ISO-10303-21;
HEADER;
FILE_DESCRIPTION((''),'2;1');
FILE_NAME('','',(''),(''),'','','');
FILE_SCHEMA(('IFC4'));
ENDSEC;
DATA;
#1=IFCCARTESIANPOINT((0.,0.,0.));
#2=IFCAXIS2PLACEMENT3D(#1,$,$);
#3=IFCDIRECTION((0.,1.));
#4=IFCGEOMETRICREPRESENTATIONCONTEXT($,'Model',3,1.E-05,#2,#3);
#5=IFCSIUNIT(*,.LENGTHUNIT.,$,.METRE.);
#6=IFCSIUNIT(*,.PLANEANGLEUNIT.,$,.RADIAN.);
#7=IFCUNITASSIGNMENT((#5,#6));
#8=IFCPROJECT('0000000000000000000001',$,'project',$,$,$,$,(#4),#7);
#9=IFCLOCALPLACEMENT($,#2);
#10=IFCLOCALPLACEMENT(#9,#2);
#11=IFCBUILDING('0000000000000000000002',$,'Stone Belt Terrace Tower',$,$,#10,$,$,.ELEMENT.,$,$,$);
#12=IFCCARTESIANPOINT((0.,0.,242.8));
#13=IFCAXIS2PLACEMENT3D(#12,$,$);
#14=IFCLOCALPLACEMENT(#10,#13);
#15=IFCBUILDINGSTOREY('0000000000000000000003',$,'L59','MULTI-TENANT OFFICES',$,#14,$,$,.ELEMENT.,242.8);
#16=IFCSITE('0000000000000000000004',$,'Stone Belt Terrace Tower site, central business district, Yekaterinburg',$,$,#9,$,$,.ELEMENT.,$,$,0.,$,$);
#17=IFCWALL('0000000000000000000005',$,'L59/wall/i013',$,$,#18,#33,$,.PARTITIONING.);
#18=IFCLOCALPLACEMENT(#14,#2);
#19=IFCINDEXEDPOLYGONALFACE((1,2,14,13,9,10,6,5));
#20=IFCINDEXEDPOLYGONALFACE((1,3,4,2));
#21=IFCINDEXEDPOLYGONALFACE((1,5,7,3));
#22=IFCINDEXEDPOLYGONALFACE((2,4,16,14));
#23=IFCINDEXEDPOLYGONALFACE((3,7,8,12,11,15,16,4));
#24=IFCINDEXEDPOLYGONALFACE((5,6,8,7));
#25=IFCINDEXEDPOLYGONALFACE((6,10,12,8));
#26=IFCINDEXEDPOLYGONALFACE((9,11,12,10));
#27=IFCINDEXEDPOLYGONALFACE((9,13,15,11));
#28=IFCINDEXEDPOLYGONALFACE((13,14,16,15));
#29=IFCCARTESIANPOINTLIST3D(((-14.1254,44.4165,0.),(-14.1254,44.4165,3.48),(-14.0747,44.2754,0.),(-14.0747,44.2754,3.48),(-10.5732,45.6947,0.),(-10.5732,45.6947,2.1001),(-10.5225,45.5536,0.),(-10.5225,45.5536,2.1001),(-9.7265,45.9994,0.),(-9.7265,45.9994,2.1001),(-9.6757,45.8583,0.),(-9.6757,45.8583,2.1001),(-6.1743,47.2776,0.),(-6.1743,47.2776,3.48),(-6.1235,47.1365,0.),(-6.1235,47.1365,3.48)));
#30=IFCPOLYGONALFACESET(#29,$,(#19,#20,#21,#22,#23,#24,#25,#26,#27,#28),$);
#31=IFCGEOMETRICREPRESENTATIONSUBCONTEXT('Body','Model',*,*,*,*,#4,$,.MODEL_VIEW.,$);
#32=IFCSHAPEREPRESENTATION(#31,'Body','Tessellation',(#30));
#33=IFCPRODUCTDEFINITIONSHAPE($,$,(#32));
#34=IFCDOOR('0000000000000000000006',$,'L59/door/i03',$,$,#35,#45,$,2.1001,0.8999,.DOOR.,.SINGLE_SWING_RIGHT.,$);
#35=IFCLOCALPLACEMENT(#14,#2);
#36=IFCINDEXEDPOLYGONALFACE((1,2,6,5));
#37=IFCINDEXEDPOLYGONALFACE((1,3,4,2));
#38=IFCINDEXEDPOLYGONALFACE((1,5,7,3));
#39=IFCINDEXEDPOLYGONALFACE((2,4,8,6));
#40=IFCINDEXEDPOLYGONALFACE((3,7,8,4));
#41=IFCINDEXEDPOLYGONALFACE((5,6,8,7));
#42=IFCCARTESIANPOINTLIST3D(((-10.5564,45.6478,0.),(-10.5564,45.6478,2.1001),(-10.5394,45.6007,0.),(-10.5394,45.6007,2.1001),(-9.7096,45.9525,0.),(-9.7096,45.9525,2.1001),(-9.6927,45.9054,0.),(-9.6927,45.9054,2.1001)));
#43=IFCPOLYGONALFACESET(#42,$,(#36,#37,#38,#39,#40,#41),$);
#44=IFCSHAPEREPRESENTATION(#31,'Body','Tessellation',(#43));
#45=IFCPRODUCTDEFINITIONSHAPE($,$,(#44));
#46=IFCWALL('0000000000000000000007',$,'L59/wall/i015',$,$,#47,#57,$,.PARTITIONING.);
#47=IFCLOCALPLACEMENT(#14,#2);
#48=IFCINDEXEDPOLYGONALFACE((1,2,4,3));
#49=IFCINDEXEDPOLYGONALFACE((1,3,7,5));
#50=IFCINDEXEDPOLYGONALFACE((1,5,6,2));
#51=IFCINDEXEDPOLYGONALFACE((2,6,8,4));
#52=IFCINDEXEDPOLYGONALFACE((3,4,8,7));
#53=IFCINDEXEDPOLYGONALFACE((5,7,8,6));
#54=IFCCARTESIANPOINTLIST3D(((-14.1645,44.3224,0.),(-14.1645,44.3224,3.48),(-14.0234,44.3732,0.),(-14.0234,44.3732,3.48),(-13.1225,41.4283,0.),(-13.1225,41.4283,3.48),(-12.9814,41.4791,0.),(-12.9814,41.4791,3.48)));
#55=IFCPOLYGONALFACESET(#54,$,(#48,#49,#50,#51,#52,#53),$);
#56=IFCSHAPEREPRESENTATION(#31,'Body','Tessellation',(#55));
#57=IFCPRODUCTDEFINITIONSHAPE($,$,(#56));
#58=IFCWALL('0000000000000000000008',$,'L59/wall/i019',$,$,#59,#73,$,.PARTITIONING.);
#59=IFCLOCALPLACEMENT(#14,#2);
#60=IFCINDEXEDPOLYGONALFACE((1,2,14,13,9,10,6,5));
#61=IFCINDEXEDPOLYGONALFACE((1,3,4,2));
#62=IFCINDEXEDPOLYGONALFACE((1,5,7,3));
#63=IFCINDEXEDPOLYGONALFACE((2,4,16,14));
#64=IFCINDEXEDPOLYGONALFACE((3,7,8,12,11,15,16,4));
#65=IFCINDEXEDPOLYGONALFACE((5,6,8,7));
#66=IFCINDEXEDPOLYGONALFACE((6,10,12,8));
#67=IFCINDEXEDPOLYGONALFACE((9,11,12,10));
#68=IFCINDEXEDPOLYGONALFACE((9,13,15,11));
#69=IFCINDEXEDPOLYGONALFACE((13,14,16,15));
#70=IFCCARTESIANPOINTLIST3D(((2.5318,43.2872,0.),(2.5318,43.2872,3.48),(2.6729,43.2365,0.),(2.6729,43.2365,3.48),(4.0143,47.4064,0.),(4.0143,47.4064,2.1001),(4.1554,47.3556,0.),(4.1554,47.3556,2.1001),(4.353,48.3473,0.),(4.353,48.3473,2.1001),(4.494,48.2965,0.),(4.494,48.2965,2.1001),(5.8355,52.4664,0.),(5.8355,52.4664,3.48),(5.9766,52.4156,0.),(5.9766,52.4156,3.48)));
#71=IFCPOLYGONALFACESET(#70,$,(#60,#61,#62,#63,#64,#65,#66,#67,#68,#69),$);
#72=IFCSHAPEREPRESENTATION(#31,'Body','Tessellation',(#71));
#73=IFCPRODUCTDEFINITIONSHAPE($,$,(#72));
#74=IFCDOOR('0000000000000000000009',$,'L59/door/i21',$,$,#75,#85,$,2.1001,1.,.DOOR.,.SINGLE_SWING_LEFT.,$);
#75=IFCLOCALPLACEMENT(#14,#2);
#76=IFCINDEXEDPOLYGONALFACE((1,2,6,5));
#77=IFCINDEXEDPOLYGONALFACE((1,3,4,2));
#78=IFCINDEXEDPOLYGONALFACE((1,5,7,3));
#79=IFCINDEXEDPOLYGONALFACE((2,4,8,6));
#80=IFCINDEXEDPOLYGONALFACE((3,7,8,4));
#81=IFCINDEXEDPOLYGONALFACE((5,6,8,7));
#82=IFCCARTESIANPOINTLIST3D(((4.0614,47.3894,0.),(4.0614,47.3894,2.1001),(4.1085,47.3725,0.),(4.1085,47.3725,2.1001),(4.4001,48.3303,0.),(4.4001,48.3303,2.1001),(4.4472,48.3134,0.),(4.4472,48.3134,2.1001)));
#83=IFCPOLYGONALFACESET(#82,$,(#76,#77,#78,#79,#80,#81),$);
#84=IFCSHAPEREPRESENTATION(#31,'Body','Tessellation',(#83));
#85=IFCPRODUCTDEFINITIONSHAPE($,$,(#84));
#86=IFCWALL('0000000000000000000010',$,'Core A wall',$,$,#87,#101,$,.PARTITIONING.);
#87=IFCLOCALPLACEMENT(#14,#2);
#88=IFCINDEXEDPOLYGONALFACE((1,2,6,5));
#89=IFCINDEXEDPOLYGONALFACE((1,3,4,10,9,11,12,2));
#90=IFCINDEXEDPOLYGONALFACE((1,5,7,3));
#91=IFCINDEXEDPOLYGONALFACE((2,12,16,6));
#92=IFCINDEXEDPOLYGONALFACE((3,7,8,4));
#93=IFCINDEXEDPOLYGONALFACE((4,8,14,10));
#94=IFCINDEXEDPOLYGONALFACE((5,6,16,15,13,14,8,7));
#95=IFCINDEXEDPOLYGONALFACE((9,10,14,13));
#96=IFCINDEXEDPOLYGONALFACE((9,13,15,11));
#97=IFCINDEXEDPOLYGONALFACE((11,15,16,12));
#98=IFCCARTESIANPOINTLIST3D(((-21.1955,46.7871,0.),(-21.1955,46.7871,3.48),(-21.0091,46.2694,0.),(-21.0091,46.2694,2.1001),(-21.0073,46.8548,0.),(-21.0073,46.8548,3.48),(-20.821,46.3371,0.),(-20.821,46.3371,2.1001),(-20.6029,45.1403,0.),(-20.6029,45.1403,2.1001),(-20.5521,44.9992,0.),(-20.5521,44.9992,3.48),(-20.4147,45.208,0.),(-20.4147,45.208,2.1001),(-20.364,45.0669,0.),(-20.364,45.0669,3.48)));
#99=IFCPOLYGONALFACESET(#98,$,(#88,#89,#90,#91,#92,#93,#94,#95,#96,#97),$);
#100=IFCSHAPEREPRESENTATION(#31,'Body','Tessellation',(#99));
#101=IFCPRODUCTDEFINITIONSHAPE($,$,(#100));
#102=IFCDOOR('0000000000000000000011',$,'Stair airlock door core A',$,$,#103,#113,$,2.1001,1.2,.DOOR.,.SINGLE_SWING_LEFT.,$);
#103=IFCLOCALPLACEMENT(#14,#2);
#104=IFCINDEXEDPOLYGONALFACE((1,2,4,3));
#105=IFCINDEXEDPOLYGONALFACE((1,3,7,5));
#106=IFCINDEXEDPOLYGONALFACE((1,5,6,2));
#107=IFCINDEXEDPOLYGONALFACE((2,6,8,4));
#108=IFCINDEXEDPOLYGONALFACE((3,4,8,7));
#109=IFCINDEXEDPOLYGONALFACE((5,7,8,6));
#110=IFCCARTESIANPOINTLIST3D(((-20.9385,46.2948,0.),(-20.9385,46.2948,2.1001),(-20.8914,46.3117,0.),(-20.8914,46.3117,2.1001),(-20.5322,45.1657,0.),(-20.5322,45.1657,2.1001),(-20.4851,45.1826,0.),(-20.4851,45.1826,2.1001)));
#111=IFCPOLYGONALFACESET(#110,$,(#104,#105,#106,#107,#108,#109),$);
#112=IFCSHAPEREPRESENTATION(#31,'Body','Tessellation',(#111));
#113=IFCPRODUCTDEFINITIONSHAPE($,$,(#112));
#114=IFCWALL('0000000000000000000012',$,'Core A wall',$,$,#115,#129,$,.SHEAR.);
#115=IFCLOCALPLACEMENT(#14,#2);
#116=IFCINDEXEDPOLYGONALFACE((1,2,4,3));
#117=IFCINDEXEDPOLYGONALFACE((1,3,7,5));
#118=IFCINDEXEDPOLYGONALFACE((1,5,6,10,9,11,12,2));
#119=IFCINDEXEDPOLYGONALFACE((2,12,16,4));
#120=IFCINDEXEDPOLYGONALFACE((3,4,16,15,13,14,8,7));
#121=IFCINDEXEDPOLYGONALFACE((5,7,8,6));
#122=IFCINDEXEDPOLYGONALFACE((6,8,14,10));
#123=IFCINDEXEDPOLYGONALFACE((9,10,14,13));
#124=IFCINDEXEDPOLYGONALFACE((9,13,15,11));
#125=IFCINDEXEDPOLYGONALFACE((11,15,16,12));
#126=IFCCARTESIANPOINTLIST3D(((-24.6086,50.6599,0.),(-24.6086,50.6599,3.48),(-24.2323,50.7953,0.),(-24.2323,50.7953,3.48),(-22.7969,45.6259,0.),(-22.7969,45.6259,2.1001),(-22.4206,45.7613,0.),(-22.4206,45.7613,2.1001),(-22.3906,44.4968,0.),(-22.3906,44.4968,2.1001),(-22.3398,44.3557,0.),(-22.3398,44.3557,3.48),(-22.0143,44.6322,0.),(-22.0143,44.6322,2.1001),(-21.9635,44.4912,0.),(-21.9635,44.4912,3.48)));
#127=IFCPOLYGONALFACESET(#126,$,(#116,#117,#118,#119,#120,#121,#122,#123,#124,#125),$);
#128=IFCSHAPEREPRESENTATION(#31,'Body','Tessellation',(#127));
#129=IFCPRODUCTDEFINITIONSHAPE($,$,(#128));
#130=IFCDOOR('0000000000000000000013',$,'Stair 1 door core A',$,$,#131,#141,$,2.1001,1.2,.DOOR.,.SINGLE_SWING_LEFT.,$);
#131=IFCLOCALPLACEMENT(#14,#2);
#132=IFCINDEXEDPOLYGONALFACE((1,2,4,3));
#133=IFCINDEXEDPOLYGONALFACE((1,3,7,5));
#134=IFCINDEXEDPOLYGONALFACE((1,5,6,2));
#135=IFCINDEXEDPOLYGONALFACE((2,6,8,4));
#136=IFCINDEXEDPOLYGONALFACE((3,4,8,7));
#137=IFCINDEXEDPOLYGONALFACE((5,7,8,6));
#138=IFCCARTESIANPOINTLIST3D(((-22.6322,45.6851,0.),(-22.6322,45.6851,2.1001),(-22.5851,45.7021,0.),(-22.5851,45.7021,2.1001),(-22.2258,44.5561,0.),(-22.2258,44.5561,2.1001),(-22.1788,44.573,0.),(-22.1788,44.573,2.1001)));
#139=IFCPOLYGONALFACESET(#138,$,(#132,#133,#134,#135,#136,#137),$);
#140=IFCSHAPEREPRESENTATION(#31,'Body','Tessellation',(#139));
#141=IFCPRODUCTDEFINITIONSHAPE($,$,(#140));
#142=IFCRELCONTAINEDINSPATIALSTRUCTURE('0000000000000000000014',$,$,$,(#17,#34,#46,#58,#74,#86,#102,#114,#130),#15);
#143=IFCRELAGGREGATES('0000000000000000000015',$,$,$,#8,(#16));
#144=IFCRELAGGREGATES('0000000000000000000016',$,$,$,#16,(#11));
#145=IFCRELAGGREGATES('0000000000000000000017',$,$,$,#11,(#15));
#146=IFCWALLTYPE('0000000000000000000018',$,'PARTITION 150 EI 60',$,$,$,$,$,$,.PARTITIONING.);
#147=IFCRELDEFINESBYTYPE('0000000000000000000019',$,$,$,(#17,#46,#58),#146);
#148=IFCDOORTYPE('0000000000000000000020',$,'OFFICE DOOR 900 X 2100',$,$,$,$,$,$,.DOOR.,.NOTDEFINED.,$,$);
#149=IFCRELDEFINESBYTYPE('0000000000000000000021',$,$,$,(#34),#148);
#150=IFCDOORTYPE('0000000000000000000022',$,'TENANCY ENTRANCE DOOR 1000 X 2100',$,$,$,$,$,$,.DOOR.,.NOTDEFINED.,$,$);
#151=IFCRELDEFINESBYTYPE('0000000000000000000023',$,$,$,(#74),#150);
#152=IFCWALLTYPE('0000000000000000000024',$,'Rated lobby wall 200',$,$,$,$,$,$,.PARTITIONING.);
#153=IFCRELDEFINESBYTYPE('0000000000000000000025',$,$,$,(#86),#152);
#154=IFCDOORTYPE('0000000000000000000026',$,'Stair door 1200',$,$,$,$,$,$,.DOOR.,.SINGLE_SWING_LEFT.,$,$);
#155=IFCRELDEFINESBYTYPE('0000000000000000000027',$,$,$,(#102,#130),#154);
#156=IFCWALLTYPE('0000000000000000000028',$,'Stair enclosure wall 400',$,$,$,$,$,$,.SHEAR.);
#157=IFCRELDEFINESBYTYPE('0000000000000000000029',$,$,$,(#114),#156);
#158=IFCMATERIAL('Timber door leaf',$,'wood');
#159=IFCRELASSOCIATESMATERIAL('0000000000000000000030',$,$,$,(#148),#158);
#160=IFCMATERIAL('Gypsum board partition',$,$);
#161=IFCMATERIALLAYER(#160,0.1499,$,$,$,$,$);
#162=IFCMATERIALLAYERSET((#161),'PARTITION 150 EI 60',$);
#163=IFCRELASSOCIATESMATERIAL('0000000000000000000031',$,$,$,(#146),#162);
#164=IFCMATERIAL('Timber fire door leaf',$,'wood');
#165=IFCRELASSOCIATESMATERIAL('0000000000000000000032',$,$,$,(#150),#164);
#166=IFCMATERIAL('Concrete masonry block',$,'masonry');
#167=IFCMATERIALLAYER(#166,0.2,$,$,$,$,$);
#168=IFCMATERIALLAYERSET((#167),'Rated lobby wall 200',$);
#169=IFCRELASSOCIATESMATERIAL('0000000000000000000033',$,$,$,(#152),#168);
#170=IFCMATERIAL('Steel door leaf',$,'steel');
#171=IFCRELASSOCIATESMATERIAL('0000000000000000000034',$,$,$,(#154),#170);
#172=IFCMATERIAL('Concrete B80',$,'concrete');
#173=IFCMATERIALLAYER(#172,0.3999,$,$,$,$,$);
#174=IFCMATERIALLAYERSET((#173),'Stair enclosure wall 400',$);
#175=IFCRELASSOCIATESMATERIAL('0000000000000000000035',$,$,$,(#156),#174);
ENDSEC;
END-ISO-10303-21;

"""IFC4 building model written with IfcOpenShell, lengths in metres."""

from ifc_helpers import new_model, si_unit, direction, frame, frame_2d, origin, place, context, subcontext, project, spatial, rectangle, extrude, material, layer, layer_set, type_object, element, fill, save


model = new_model("IFC4")

# Units and contexts
model_context = context("Model", 3, precision=1e-05, world=origin(), true_north=direction((0.0, 1.0)))
body_context = subcontext(model_context, "Body", "Model", "MODEL_VIEW")
ifc_project = project(units=[si_unit("LENGTHUNIT", "METRE"), si_unit("PLANEANGLEUNIT", "RADIAN")], contexts=[model_context])

# Site, building, storey
site_placement = place(None, origin())
site = spatial("IfcSite", under=ifc_project, at=site_placement, Name="Stone Belt Terrace Tower site, central business district, Yekaterinburg", CompositionType="ELEMENT", RefElevation=0.0)
building_placement = place(site_placement, origin())
building = spatial("IfcBuilding", under=site, at=building_placement, Name="Stone Belt Terrace Tower", CompositionType="ELEMENT")
storey_placement = place(building_placement, frame((0.0, 0.0, 242.8)))
storey = spatial("IfcBuildingStorey", under=building, at=storey_placement, Name="L59", Description="MULTI-TENANT OFFICES", CompositionType="ELEMENT", Elevation=242.8)

# Shared definitions
ifc_material_1 = material(Name="Concrete B80", Category="concrete")
ifc_material_2 = material(Name="Gypsum board partition")

# Shared definitions
ifc_material_3 = material(Name="Timber door leaf", Category="wood")
door_type_1 = type_object("IfcDoorType", Name="OFFICE DOOR 900 X 2100", OperationType="NOTDEFINED", PredefinedType="DOOR", material=ifc_material_3)

# Shared definitions
ifc_layer_1 = layer(ifc_material_2, 0.1499)
ifc_layer_set_1 = layer_set([ifc_layer_1], Name="PARTITION 150 EI 60")
wall_type_1 = type_object("IfcWallType", Name="PARTITION 150 EI 60", PredefinedType="PARTITIONING", material=ifc_layer_set_1)

# Wall, opening, door
wall_1_placement = place(storey_placement, frame((-6.1489, 47.207, 0.0), z_axis=(0.0, 0.0, 1.0), x_axis=(-0.940938, -0.338579, 0.0)))
wall_1 = element("IfcWall", 1, at=wall_1_placement, inside=storey, type_object=wall_type_1, Name="L59/wall/i013", PredefinedType="PARTITIONING", context=body_context, shape_type="SweptSolid", body=[
    extrude(rectangle(XDim=8.4502, YDim=0.1499, at=frame_2d((4.2251, 0.0))), origin(), (0.0, 0.0, 1.0), 3.48),
])
opening_1_placement = place(wall_1_placement, frame((3.7751, 0.0, 0.0)))
opening_1 = element("IfcOpeningElement", 2, at=opening_1_placement, cuts=wall_1, PredefinedType="OPENING", context=body_context, shape_type="SweptSolid", body=[
    extrude(rectangle(XDim=0.8999, YDim=2.1001, at=frame_2d((0.45, 1.05))), frame((0.0, 0.085, 0.0), z_axis=(0.0, -1.0, 0.0), x_axis=(1.0, 0.0, 0.0)), (0.0, 0.0, 1.0), 0.1699),
])
door_1_placement = place(opening_1_placement, origin())
door_1 = element("IfcDoor", 3, at=door_1_placement, inside=storey, type_object=door_type_1, Name="L59/door/i03", OperationType="SINGLE_SWING_RIGHT", OverallHeight=2.1001, OverallWidth=0.8999, PredefinedType="DOOR", context=body_context, shape_type="SweptSolid", body=[
    extrude(rectangle(XDim=0.8999, YDim=2.1001, at=frame_2d((0.45, 1.05))), frame((0.0, 0.0249, 0.0), z_axis=(0.0, -1.0, 0.0), x_axis=(1.0, 0.0, 0.0)), (0.0, 0.0, 1.0), 0.05),
])
fill(opening_1, door_1)

# Wall
wall_2_placement = place(storey_placement, frame((-14.094, 44.3479, 0.0), z_axis=(0.0, 0.0, 1.0), x_axis=(0.338759, -0.940873, 0.0)))
element("IfcWall", 4, at=wall_2_placement, inside=storey, type_object=wall_type_1, Name="L59/wall/i015", PredefinedType="PARTITIONING", context=body_context, shape_type="SweptSolid", body=[
    extrude(rectangle(XDim=3.0759, YDim=0.1499, at=frame_2d((1.5381, 0.0))), origin(), (0.0, 0.0, 1.0), 3.48),
])

# Walls, openings, doors
wall_3_placement = place(storey_placement, frame((2.6023, 43.2617, 0.0), z_axis=(0.0, 0.0, 1.0), x_axis=(0.338647, 0.940914, 0.0)))
wall_3 = element("IfcWall", 5, at=wall_3_placement, inside=storey, type_object=wall_type_1, Name="L59/wall/i019", PredefinedType="PARTITIONING", context=body_context, shape_type="SweptSolid", body=[
    extrude(rectangle(XDim=9.7556, YDim=0.1499, at=frame_2d((4.8779, 0.0))), origin(), (0.0, 0.0, 1.0), 3.48),
])
opening_2_placement = place(wall_3_placement, frame((4.3779, 0.0, 0.0)))
opening_2 = element("IfcOpeningElement", 6, at=opening_2_placement, cuts=wall_3, PredefinedType="OPENING", context=body_context, shape_type="SweptSolid", body=[
    extrude(rectangle(XDim=1.0, YDim=2.1001, at=frame_2d((0.5, 1.05))), frame((0.0, 0.085, 0.0), z_axis=(0.0, -1.0, 0.0), x_axis=(1.0, 0.0, 0.0)), (0.0, 0.0, 1.0), 0.1699),
])
ifc_material_4 = material(Name="Timber fire door leaf", Category="wood")
door_type_2 = type_object("IfcDoorType", Name="TENANCY ENTRANCE DOOR 1000 X 2100", OperationType="NOTDEFINED", PredefinedType="DOOR", material=ifc_material_4)
door_2_placement = place(opening_2_placement, origin())
door_2 = element("IfcDoor", 7, at=door_2_placement, inside=storey, type_object=door_type_2, Name="L59/door/i21", OperationType="SINGLE_SWING_LEFT", OverallHeight=2.1001, OverallWidth=1.0, PredefinedType="DOOR", context=body_context, shape_type="SweptSolid", body=[
    extrude(rectangle(XDim=1.0, YDim=2.1001, at=frame_2d((0.5, 1.05))), frame((0.0, 0.0249, 0.0), z_axis=(0.0, -1.0, 0.0), x_axis=(1.0, 0.0, 0.0)), (0.0, 0.0, 1.0), 0.05),
])
fill(opening_2, door_2)
ifc_material_5 = material(Name="Concrete masonry block", Category="masonry")
ifc_layer_2 = layer(ifc_material_5, 0.2)
ifc_layer_set_2 = layer_set([ifc_layer_2], Name="Rated lobby wall 200")
wall_type_2 = type_object("IfcWallType", Name="Rated lobby wall 200", PredefinedType="PARTITIONING", material=ifc_layer_set_2)
wall_4_placement = place(storey_placement, frame((-20.458, 45.033, 0.0), z_axis=(0.0, 0.0, 1.0), x_axis=(-0.338574, 0.94094, 0.0)))
wall_4 = element("IfcWall", 8, at=wall_4_placement, inside=storey, type_object=wall_type_2, Name="Core A wall", PredefinedType="PARTITIONING", context=body_context, shape_type="SweptSolid", body=[
    extrude(rectangle(XDim=1.9001, YDim=0.2, at=frame_2d((0.9502, 0.0))), origin(), (0.0, 0.0, 1.0), 3.48),
])
opening_3_placement = place(wall_4_placement, frame((0.1499, 0.0, 0.0)))
opening_3 = element("IfcOpeningElement", 9, at=opening_3_placement, cuts=wall_4, PredefinedType="OPENING", context=body_context, shape_type="SweptSolid", body=[
    extrude(rectangle(XDim=1.2, YDim=2.1001, at=frame_2d((0.6001, 1.05))), frame((0.0, 0.1099, 0.0), z_axis=(0.0, -1.0, 0.0), x_axis=(1.0, 0.0, 0.0)), (0.0, 0.0, 1.0), 0.22),
])
ifc_material_6 = material(Name="Steel door leaf", Category="steel")
door_type_3 = type_object("IfcDoorType", Name="Stair door 1200", OperationType="SINGLE_SWING_LEFT", PredefinedType="DOOR", material=ifc_material_6)
door_3_placement = place(opening_3_placement, origin())
door_3 = element("IfcDoor", 10, at=door_3_placement, inside=storey, type_object=door_type_3, Name="Stair airlock door core A", OperationType="SINGLE_SWING_LEFT", OverallHeight=2.1001, OverallWidth=1.2, PredefinedType="DOOR", context=body_context, shape_type="SweptSolid", body=[
    extrude(rectangle(XDim=1.2, YDim=2.1001, at=frame_2d((0.6001, 1.05))), frame((0.0, 0.0249, 0.0), z_axis=(0.0, -1.0, 0.0), x_axis=(1.0, 0.0, 0.0)), (0.0, 0.0, 1.0), 0.05),
])
fill(opening_3, door_3)
ifc_layer_3 = layer(ifc_material_1, 0.3999)
ifc_layer_set_3 = layer_set([ifc_layer_3], Name="Stair enclosure wall 400")
wall_type_3 = type_object("IfcWallType", Name="Stair enclosure wall 400", PredefinedType="SHEAR", material=ifc_layer_set_3)
wall_5_placement = place(storey_placement, frame((-22.1516, 44.4233, 0.0), z_axis=(0.0, 0.0, 1.0), x_axis=(-0.338625, 0.940921, 0.0)))
wall_5 = element("IfcWall", 11, at=wall_5_placement, inside=storey, type_object=wall_type_3, Name="Core A wall", PredefinedType="SHEAR", context=body_context, shape_type="SweptSolid", body=[
    extrude(rectangle(XDim=6.7, YDim=0.3999, at=frame_2d((3.3501, 0.0))), origin(), (0.0, 0.0, 1.0), 3.48),
])
opening_4_placement = place(wall_5_placement, frame((0.1499, 0.0, 0.0)))
opening_4 = element("IfcOpeningElement", 12, at=opening_4_placement, cuts=wall_5, PredefinedType="OPENING", context=body_context, shape_type="SweptSolid", body=[
    extrude(rectangle(XDim=1.2, YDim=2.1001, at=frame_2d((0.6001, 1.05))), frame((0.0, 0.21, 0.0), z_axis=(0.0, -1.0, 0.0), x_axis=(1.0, 0.0, 0.0)), (0.0, 0.0, 1.0), 0.4199),
])
door_4_placement = place(opening_4_placement, origin())
door_4 = element("IfcDoor", 13, at=door_4_placement, inside=storey, type_object=door_type_3, Name="Stair 1 door core A", OperationType="SINGLE_SWING_LEFT", OverallHeight=2.1001, OverallWidth=1.2, PredefinedType="DOOR", context=body_context, shape_type="SweptSolid", body=[
    extrude(rectangle(XDim=1.2, YDim=2.1001, at=frame_2d((0.6001, 1.05))), frame((0.0, 0.0249, 0.0), z_axis=(0.0, -1.0, 0.0), x_axis=(1.0, 0.0, 0.0)), (0.0, 0.0, 1.0), 0.05),
])
fill(opening_4, door_4)

save(model, "model.ifc")
